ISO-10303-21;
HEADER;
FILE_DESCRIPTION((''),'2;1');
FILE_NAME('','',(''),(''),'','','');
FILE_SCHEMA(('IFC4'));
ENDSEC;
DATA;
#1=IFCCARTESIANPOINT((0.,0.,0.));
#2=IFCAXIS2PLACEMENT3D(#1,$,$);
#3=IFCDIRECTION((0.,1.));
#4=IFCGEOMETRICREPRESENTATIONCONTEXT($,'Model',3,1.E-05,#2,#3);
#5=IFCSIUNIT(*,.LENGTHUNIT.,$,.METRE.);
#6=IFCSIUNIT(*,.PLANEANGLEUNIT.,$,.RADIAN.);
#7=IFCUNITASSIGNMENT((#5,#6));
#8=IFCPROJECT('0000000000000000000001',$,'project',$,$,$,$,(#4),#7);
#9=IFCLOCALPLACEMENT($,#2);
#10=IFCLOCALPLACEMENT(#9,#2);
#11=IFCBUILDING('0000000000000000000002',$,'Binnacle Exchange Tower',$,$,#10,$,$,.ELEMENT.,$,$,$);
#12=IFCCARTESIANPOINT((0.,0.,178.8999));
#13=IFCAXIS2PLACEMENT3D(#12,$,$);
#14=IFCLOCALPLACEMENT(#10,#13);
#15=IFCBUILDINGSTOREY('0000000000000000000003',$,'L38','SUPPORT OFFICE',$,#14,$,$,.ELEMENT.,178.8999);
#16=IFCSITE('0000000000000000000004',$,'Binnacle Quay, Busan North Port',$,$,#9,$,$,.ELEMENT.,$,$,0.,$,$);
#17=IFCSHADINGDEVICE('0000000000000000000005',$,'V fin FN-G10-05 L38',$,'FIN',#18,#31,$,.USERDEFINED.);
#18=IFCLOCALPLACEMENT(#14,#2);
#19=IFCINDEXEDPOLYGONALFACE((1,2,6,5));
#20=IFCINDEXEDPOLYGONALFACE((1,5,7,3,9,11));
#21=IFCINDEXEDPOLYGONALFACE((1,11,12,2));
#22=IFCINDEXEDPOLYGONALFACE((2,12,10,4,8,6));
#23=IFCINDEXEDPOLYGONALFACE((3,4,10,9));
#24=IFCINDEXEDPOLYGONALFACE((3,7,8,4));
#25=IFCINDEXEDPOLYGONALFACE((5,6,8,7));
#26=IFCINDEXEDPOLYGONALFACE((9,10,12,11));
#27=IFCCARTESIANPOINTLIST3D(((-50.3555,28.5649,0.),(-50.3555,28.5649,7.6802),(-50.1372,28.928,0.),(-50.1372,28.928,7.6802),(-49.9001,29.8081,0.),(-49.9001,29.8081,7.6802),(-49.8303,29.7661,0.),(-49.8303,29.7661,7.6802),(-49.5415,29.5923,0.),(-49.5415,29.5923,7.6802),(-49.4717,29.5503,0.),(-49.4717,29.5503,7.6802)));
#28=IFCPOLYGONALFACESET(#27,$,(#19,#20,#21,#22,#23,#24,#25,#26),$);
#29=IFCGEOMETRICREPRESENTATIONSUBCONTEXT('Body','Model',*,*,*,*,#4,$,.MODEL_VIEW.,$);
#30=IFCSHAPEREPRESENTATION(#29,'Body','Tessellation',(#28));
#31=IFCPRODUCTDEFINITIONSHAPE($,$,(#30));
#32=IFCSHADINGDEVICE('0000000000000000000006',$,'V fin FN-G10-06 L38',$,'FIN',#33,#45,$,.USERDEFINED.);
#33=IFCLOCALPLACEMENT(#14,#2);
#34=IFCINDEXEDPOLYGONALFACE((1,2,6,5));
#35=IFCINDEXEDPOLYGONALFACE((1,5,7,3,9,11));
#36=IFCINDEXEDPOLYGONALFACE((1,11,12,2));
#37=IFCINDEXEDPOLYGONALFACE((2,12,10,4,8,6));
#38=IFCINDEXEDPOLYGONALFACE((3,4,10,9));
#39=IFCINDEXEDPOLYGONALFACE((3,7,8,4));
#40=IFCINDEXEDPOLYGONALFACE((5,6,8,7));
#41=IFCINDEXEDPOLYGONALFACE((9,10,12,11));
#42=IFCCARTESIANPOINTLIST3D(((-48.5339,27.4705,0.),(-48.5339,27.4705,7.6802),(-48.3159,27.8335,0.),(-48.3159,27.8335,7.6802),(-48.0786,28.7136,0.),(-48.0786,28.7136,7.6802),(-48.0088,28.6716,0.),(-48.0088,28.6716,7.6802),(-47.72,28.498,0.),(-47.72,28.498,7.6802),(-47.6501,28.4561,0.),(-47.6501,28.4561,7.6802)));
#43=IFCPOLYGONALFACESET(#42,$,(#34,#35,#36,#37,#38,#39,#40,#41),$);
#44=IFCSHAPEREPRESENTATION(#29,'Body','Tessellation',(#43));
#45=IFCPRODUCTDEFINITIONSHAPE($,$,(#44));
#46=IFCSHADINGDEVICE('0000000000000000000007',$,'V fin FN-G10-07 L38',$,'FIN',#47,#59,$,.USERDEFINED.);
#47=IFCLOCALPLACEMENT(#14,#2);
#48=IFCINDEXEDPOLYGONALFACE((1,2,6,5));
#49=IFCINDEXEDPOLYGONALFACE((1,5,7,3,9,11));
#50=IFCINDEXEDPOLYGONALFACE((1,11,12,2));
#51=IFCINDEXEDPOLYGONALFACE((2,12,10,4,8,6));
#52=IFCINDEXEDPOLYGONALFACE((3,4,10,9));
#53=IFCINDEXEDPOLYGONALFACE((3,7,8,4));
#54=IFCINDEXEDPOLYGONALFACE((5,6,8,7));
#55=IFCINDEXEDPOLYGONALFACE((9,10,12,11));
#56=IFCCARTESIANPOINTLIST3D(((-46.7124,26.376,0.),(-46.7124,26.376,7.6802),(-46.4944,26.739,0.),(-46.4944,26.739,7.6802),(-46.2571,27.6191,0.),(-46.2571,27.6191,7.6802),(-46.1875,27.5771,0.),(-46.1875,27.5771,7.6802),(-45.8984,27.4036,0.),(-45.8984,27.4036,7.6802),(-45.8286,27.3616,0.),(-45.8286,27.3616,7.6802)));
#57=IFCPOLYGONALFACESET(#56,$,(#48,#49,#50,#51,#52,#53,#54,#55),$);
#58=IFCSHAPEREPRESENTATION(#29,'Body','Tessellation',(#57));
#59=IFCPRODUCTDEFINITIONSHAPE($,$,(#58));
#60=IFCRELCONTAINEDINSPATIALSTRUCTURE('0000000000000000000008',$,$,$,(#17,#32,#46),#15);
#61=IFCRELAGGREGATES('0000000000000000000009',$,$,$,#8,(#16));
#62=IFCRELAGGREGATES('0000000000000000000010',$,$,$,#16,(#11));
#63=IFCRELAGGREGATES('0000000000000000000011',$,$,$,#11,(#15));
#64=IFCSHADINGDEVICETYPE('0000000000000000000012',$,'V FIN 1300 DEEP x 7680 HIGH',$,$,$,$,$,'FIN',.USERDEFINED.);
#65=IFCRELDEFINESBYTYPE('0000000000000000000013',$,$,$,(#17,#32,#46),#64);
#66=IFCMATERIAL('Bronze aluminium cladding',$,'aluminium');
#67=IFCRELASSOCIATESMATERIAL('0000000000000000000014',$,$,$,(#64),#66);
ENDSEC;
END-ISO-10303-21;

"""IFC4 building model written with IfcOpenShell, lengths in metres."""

from ifc_helpers import new_model, si_unit, direction, frame, origin, place, context, subcontext, project, spatial, polyline, outline, extrude, material, type_object, element, save


model = new_model("IFC4")

# Units and contexts
model_context = context("Model", 3, precision=1e-05, world=origin(), true_north=direction((0.0, 1.0)))
body_context = subcontext(model_context, "Body", "Model", "MODEL_VIEW")
ifc_project = project(units=[si_unit("LENGTHUNIT", "METRE"), si_unit("PLANEANGLEUNIT", "RADIAN")], contexts=[model_context])

# Site, building, storey
site_placement = place(None, origin())
site = spatial("IfcSite", under=ifc_project, at=site_placement, Name="Binnacle Quay, Busan North Port", CompositionType="ELEMENT", RefElevation=0.0)
building_placement = place(site_placement, origin())
building = spatial("IfcBuilding", under=site, at=building_placement, Name="Binnacle Exchange Tower", CompositionType="ELEMENT")
storey_placement = place(building_placement, frame((0.0, 0.0, 178.8999)))
storey = spatial("IfcBuildingStorey", under=building, at=storey_placement, Name="L38", Description="SUPPORT OFFICE", CompositionType="ELEMENT", Elevation=178.8999)

# Shading devices
ifc_material_1 = material(Name="Bronze aluminium cladding", Category="aluminium")
shading_device_type = type_object("IfcShadingDeviceType", Name="V FIN 1300 DEEP x 7680 HIGH", ElementType="FIN", PredefinedType="USERDEFINED", material=ifc_material_1)
shading_device_1_placement = place(storey_placement, origin())
element("IfcShadingDevice", 1, at=shading_device_1_placement, inside=storey, type_object=shading_device_type, Name="V fin FN-G10-05 L38", ObjectType="FIN", PredefinedType="USERDEFINED", context=body_context, shape_type="SweptSolid", body=[
    extrude(outline(polyline([(-49.9001, 29.8081), (-50.3555, 28.5649), (-49.4717, 29.5503), (-49.5415, 29.5923), (-50.1372, 28.928), (-49.8303, 29.7661), (-49.9001, 29.8081)])), origin(), (0.0, 0.0, 1.0), 7.6802),
])
shading_device_2_placement = place(storey_placement, origin())
element("IfcShadingDevice", 2, at=shading_device_2_placement, inside=storey, type_object=shading_device_type, Name="V fin FN-G10-06 L38", ObjectType="FIN", PredefinedType="USERDEFINED", context=body_context, shape_type="SweptSolid", body=[
    extrude(outline(polyline([(-48.0786, 28.7136), (-48.5339, 27.4705), (-47.6501, 28.4561), (-47.72, 28.498), (-48.3159, 27.8335), (-48.0088, 28.6716), (-48.0786, 28.7136)])), origin(), (0.0, 0.0, 1.0), 7.6802),
])
shading_device_3_placement = place(storey_placement, origin())
element("IfcShadingDevice", 3, at=shading_device_3_placement, inside=storey, type_object=shading_device_type, Name="V fin FN-G10-07 L38", ObjectType="FIN", PredefinedType="USERDEFINED", context=body_context, shape_type="SweptSolid", body=[
    extrude(outline(polyline([(-46.2571, 27.6191), (-46.7124, 26.376), (-45.8286, 27.3616), (-45.8984, 27.4036), (-46.4944, 26.739), (-46.1875, 27.5771), (-46.2571, 27.6191)])), origin(), (0.0, 0.0, 1.0), 7.6802),
])

save(model, "model.ifc")
